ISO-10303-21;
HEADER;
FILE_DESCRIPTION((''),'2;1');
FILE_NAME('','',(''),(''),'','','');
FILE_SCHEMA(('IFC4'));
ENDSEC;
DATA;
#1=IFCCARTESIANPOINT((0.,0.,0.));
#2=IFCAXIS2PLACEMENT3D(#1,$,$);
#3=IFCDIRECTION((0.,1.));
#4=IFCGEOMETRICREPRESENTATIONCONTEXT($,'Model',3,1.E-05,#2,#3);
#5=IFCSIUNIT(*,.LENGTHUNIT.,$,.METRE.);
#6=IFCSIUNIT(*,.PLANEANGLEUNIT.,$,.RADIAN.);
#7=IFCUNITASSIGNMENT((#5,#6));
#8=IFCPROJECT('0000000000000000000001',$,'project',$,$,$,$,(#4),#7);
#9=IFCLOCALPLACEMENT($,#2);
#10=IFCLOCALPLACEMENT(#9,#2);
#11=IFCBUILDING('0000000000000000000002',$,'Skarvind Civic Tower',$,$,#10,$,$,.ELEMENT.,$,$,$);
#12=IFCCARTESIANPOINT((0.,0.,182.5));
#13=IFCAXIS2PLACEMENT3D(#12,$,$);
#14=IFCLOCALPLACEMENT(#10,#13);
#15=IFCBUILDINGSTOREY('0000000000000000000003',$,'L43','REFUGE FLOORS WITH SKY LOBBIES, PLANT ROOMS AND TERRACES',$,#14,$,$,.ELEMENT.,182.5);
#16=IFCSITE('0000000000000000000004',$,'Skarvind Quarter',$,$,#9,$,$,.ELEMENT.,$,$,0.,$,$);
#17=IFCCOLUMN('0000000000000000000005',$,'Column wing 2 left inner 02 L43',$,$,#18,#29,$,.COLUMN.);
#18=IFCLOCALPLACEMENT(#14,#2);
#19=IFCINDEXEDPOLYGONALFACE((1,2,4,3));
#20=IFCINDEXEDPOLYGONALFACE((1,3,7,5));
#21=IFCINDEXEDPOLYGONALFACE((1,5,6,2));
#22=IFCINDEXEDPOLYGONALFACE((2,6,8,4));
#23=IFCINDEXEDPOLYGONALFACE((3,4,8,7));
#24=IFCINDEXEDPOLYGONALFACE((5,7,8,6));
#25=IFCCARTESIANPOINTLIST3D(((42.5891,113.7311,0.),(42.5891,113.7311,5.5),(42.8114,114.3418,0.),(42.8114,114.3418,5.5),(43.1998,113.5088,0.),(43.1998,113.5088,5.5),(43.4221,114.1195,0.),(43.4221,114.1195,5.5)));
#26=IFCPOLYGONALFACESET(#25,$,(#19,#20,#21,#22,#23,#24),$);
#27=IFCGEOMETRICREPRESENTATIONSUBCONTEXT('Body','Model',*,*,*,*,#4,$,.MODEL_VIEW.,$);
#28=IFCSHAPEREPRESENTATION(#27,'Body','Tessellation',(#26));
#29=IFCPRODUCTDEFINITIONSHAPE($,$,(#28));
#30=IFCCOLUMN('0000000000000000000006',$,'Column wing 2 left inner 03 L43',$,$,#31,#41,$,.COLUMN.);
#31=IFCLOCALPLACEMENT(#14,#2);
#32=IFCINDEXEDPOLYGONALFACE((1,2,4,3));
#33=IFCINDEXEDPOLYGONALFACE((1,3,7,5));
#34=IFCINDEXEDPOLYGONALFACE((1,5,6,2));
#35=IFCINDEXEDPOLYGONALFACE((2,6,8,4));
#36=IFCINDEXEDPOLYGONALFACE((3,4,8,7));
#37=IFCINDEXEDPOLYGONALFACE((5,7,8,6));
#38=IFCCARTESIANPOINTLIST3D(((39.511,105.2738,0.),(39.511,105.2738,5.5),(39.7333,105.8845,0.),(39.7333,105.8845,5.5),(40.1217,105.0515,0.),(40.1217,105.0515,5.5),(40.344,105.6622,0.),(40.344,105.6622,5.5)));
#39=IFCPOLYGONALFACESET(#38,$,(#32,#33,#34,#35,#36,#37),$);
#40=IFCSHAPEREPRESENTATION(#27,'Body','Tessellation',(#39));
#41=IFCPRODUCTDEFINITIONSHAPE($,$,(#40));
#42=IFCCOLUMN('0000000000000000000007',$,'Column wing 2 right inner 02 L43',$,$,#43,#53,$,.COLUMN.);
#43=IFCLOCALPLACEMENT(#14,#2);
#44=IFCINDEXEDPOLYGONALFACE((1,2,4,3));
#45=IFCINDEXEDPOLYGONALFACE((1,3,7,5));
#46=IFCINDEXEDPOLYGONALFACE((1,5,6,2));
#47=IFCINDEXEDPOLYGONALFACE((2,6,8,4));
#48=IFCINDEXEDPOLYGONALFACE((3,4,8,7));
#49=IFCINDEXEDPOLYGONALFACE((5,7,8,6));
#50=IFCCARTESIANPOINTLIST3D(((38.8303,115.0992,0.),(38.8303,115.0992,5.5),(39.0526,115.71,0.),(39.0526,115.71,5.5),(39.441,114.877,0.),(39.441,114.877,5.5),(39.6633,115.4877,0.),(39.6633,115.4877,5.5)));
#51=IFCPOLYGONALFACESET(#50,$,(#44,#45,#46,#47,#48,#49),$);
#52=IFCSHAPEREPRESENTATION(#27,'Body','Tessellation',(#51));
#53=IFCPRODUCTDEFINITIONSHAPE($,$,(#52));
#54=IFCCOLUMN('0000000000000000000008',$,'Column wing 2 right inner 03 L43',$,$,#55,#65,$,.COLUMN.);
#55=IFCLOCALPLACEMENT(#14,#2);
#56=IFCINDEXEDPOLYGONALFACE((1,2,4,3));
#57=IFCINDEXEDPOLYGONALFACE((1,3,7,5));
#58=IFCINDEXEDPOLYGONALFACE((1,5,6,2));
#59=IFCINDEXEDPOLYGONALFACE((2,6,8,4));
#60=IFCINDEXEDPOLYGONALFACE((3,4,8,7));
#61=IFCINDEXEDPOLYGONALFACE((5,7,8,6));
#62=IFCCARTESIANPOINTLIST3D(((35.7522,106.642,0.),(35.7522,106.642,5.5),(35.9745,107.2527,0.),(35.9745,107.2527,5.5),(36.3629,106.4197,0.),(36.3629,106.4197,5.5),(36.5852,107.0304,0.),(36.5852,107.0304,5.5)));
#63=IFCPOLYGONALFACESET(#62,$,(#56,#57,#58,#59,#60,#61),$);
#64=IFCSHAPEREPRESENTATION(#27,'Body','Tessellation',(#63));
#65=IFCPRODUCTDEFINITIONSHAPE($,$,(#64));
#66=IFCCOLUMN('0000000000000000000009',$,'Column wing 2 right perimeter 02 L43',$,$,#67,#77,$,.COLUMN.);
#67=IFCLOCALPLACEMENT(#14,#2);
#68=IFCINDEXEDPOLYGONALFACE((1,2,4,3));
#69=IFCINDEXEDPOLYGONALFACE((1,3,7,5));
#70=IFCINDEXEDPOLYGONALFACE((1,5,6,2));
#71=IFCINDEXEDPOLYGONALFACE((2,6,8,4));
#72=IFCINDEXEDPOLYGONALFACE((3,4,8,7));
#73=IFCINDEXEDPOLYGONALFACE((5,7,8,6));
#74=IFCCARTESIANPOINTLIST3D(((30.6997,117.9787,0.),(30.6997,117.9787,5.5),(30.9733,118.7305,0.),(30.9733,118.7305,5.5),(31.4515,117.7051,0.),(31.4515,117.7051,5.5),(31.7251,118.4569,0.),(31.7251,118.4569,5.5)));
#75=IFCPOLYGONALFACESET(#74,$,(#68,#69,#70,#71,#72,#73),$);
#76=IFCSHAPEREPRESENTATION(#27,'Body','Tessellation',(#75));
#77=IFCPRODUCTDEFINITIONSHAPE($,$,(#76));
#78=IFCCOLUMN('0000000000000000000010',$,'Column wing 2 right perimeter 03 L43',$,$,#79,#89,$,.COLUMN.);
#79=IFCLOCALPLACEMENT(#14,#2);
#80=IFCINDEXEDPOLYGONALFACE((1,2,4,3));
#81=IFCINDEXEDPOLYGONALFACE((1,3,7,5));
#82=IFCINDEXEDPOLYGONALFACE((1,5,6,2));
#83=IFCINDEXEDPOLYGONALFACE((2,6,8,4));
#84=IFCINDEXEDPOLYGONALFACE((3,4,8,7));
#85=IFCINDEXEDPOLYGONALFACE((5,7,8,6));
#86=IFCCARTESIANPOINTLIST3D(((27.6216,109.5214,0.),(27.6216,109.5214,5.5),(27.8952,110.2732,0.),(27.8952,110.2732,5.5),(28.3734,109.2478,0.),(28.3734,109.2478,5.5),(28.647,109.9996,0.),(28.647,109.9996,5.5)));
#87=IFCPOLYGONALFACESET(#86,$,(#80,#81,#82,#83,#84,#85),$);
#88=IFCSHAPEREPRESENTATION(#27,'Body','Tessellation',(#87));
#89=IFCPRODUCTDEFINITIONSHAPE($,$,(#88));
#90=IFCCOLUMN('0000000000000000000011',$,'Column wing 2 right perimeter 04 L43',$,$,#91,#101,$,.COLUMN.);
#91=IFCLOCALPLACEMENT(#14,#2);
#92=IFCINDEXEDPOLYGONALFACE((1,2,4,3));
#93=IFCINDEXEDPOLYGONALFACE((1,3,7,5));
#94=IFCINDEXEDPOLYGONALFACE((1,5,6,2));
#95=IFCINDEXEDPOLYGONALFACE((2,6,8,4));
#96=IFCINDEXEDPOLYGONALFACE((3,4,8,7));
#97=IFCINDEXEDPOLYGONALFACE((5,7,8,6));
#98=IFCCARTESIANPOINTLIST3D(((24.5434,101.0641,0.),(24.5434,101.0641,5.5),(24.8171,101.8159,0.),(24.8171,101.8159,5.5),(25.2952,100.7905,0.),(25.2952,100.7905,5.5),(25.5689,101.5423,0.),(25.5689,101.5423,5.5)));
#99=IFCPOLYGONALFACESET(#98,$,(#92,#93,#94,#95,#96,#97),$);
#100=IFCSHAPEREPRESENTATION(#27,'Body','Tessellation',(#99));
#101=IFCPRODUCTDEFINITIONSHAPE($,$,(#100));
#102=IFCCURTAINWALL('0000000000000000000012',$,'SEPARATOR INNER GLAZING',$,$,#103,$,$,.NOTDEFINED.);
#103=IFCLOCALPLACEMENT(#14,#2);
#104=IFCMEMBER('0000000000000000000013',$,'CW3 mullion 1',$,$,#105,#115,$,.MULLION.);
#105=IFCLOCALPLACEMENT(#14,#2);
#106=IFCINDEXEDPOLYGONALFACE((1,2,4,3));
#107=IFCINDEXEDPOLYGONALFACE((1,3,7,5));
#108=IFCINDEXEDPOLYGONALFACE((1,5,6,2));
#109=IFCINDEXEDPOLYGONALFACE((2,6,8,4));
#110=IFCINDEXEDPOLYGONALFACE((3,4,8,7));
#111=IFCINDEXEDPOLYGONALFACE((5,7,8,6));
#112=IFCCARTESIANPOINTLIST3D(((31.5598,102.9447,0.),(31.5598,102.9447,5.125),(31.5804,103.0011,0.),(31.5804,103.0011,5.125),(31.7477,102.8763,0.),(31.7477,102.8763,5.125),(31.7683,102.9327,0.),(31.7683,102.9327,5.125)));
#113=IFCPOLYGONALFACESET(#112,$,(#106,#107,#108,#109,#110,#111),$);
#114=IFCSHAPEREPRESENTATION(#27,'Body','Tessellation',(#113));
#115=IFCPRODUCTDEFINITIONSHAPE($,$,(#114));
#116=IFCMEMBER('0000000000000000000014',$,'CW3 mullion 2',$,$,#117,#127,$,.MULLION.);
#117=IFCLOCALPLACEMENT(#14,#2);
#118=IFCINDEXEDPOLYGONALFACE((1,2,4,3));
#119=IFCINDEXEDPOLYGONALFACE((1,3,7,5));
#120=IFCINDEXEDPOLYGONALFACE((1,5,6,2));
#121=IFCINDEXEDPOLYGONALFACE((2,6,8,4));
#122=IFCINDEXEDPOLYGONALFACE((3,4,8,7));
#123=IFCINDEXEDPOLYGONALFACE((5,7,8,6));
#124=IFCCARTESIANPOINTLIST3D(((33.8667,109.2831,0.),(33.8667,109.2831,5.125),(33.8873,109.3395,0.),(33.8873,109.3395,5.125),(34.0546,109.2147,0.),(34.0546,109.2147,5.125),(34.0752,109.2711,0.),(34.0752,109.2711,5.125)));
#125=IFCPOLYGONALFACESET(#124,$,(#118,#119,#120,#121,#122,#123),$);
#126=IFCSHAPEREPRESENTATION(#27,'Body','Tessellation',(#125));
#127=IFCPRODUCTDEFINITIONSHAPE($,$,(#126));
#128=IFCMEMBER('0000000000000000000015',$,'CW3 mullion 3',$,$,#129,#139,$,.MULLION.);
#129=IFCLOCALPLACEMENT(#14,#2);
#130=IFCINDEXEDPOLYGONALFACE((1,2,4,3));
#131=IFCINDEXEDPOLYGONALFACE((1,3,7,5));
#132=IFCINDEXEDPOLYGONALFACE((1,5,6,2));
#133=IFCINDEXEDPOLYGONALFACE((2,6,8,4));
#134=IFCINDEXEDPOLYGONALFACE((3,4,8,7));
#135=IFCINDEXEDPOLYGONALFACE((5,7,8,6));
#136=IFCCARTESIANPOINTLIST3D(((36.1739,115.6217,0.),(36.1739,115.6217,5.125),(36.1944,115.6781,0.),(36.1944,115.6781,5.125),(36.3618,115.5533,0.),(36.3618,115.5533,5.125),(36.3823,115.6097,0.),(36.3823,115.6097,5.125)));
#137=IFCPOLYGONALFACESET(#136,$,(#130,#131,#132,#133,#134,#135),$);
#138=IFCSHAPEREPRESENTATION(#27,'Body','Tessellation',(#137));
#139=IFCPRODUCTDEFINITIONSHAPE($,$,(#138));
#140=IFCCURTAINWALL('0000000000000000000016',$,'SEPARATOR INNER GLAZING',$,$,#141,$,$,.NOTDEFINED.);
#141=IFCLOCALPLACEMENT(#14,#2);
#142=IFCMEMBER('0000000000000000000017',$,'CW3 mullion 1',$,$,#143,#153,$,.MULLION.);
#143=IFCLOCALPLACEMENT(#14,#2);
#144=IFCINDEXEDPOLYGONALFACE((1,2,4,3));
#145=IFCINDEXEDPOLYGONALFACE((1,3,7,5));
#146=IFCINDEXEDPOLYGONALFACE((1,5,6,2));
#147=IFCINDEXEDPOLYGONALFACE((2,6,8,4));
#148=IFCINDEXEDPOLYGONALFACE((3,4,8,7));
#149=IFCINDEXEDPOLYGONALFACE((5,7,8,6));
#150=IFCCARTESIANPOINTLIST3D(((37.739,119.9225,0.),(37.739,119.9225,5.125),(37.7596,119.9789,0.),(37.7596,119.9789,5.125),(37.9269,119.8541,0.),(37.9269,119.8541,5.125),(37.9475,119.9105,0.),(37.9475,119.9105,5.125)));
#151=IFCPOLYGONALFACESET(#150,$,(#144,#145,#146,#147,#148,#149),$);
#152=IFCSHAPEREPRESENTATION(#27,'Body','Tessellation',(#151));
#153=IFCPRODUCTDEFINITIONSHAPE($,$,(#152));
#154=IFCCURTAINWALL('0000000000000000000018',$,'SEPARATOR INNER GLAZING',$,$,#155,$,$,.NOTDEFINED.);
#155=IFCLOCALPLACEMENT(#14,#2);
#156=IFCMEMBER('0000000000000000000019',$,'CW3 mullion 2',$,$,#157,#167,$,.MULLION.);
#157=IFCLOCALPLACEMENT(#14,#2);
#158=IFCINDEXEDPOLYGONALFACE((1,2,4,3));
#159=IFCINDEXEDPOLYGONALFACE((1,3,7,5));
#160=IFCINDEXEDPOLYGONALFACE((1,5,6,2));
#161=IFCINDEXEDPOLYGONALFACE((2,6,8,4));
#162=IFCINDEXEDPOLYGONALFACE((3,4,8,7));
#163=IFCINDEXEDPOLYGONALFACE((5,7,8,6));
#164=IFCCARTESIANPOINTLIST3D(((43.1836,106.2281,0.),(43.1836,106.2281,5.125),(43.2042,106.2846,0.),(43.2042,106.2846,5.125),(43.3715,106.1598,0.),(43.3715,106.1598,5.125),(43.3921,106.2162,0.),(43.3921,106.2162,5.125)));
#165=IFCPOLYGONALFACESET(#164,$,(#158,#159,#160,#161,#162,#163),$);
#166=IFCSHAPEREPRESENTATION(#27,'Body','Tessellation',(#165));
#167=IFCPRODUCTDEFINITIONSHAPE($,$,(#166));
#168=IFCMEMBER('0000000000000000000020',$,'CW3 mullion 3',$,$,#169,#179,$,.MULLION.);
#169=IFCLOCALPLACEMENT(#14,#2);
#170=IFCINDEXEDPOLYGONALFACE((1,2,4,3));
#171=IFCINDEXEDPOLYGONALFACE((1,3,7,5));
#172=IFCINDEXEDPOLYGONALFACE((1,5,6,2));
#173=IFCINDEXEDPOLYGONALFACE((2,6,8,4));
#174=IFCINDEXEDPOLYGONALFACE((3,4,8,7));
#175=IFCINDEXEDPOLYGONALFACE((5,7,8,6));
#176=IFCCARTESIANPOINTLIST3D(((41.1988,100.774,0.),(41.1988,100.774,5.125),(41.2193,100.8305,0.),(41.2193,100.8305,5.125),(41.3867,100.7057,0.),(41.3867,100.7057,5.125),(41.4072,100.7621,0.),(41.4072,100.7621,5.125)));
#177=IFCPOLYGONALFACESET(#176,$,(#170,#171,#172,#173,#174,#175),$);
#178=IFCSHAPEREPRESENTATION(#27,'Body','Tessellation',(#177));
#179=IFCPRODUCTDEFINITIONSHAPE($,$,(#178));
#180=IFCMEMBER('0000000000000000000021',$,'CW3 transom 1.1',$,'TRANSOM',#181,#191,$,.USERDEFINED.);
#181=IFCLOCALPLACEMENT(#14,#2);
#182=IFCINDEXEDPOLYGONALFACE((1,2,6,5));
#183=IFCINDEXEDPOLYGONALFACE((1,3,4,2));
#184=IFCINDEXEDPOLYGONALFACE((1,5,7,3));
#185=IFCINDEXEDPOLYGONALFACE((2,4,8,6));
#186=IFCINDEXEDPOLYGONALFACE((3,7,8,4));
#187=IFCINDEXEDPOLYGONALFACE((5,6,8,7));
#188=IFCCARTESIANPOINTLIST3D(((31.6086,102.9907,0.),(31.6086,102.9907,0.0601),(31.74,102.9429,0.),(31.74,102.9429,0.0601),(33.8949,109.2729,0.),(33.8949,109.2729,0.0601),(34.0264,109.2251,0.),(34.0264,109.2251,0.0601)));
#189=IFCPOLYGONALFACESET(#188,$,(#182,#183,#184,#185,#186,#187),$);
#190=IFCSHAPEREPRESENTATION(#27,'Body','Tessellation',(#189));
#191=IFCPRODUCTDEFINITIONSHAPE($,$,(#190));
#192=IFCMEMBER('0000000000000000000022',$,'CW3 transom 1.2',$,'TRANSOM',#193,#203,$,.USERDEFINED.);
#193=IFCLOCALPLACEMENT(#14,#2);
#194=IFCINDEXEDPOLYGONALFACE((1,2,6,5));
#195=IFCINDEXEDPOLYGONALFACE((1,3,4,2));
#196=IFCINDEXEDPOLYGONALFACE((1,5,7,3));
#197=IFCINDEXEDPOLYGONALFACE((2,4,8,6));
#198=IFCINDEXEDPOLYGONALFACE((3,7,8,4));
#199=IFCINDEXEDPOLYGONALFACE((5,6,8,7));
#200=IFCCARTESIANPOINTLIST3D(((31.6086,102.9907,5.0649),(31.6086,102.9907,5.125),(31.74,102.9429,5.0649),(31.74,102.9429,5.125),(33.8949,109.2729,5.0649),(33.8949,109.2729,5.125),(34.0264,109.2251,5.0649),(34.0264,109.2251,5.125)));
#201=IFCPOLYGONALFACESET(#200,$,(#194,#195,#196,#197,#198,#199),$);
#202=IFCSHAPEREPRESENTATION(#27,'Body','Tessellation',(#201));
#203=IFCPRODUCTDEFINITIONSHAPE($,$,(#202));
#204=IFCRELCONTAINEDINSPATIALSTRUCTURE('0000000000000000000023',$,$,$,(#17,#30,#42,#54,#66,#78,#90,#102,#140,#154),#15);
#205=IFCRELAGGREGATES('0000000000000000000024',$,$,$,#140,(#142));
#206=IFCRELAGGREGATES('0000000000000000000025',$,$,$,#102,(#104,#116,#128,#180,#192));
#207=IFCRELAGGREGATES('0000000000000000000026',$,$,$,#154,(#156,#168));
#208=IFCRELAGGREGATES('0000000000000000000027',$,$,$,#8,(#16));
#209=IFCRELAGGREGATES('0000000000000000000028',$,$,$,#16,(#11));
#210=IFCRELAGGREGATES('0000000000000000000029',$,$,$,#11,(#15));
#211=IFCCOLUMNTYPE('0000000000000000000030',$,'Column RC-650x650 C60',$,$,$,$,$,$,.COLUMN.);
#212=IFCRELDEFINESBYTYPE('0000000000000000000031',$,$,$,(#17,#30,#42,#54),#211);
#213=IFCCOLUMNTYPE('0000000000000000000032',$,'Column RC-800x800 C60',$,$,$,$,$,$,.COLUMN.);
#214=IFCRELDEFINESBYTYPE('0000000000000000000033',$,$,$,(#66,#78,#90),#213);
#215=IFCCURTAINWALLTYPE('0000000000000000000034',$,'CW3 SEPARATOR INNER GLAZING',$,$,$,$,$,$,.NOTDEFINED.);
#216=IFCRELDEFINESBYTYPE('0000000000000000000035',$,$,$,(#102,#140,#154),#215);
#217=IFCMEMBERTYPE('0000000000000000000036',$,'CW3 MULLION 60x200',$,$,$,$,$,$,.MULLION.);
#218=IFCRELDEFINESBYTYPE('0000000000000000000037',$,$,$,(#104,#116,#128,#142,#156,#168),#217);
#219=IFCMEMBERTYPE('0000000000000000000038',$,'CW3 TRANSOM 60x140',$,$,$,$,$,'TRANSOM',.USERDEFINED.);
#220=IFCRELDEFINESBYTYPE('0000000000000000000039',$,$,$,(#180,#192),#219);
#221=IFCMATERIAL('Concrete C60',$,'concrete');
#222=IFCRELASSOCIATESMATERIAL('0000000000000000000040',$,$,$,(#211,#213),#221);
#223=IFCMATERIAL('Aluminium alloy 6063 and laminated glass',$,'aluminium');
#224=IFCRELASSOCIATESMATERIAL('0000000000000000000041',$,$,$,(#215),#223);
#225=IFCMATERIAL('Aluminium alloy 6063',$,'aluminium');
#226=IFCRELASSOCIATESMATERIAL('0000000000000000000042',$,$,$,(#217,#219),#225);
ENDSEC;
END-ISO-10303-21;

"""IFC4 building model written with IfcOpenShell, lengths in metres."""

from ifc_helpers import new_model, si_unit, direction, frame, origin, origin_2d, place, context, subcontext, project, spatial, rectangle, extrude, material, material_profile, profile_set, type_object, element, aggregate, save


model = new_model("IFC4")

# Units and contexts
model_context = context("Model", 3, precision=1e-05, world=origin(), true_north=direction((0.0, 1.0)))
body_context = subcontext(model_context, "Body", "Model", "MODEL_VIEW")
ifc_project = project(units=[si_unit("LENGTHUNIT", "METRE"), si_unit("PLANEANGLEUNIT", "RADIAN")], contexts=[model_context])

# Site, building, storey
site_placement = place(None, origin())
site = spatial("IfcSite", under=ifc_project, at=site_placement, Name="Skarvind Quarter", CompositionType="ELEMENT", RefElevation=0.0)
building_placement = place(site_placement, origin())
building = spatial("IfcBuilding", under=site, at=building_placement, Name="Skarvind Civic Tower", CompositionType="ELEMENT")
storey_placement = place(building_placement, frame((0.0, 0.0, 182.5)))
storey = spatial("IfcBuildingStorey", under=building, at=storey_placement, Name="L43", Description="REFUGE FLOORS WITH SKY LOBBIES, PLANT ROOMS AND TERRACES", CompositionType="ELEMENT", Elevation=182.5)

# Columns
ifc_material_1 = material(Name="Concrete C60", Category="concrete")
ifc_material_profile_1 = material_profile(ifc_material_1, rectangle(XDim=0.6499, YDim=0.6499, at=origin_2d()), Name="RC-650x650")
ifc_profile_set_1 = profile_set([ifc_material_profile_1], Name="Concrete C60")
column_type_1 = type_object("IfcColumnType", Name="Column RC-650x650 C60", PredefinedType="COLUMN", material=ifc_profile_set_1)
for number, where, z_axis, x_axis, name in (
    (1, (43.0056, 113.9253, 0.0), (0.0, 0.0, 1.0), (-0.34202, -0.939693, 0.0), "Column wing 2 left inner 02 L43"),
    (2, (39.9275, 105.468, 0.0), (0.0, 0.0, 1.0), (-0.34202, -0.939693, 0.0), "Column wing 2 left inner 03 L43"),
    (3, (39.2468, 115.2935, 0.0), (0.0, 0.0, 1.0), (-0.34202, -0.939693, 0.0), "Column wing 2 right inner 02 L43"),
    (4, (36.1687, 106.8362, 0.0), (0.0, 0.0, 1.0), (-0.34202, -0.939693, 0.0), "Column wing 2 right inner 03 L43"),
):
    element("IfcColumn", number, at=place(storey_placement, frame(where, z_axis=z_axis, x_axis=x_axis)), inside=storey, type_object=column_type_1, Name=name, PredefinedType="COLUMN", context=body_context, shape_type="SweptSolid", body=[
        extrude(rectangle(XDim=0.6499, YDim=0.6499, at=origin_2d()), origin(), (0.0, 0.0, 1.0), 5.5),
    ])
ifc_material_profile_2 = material_profile(ifc_material_1, rectangle(XDim=0.8, YDim=0.8, at=origin_2d()), Name="RC-800x800")
ifc_profile_set_2 = profile_set([ifc_material_profile_2], Name="Concrete C60")
column_type_2 = type_object("IfcColumnType", Name="Column RC-800x800 C60", PredefinedType="COLUMN", material=ifc_profile_set_2)
for number, where, z_axis, x_axis, name in (
    (5, (31.2124, 118.2178, 0.0), (0.0, 0.0, 1.0), (-0.34202, -0.939693, 0.0), "Column wing 2 right perimeter 02 L43"),
    (6, (28.1343, 109.7605, 0.0), (0.0, 0.0, 1.0), (-0.34202, -0.939693, 0.0), "Column wing 2 right perimeter 03 L43"),
    (7, (25.0562, 101.3032, 0.0), (0.0, 0.0, 1.0), (-0.34202, -0.939693, 0.0), "Column wing 2 right perimeter 04 L43"),
):
    element("IfcColumn", number, at=place(storey_placement, frame(where, z_axis=z_axis, x_axis=x_axis)), inside=storey, type_object=column_type_2, Name=name, PredefinedType="COLUMN", context=body_context, shape_type="SweptSolid", body=[
        extrude(rectangle(XDim=0.8, YDim=0.8, at=origin_2d()), origin(), (0.0, 0.0, 1.0), 5.5),
    ])

# Curtain wall, members
ifc_material_2 = material(Name="Aluminium alloy 6063 and laminated glass", Category="aluminium")
curtain_wall_type = type_object("IfcCurtainWallType", Name="CW3 SEPARATOR INNER GLAZING", PredefinedType="NOTDEFINED", material=ifc_material_2)
curtain_wall_1_placement = place(storey_placement, origin())
curtain_wall_1 = element("IfcCurtainWall", 8, at=curtain_wall_1_placement, inside=storey, type_object=curtain_wall_type, Name="SEPARATOR INNER GLAZING", PredefinedType="NOTDEFINED")
ifc_material_3 = material(Name="Aluminium alloy 6063", Category="aluminium")
ifc_material_profile_3 = material_profile(ifc_material_3, rectangle(XDim=0.2, YDim=0.0601, at=origin_2d()), Name="AL 60x200")
ifc_profile_set_3 = profile_set([ifc_material_profile_3], Name="Aluminium alloy 6063")
member_type_1 = type_object("IfcMemberType", Name="CW3 MULLION 60x200", PredefinedType="MULLION", material=ifc_profile_set_3)
member_1_placement = place(storey_placement, frame((31.6641, 102.9387, 0.0), z_axis=(0.0, 0.0, 1.0), x_axis=(-0.939692, 0.342022, 0.0)))
member_1 = element("IfcMember", 9, at=member_1_placement, type_object=member_type_1, Name="CW3 mullion 1", PredefinedType="MULLION", context=body_context, shape_type="SweptSolid", body=[
    extrude(rectangle(XDim=0.2, YDim=0.0601, at=origin_2d()), origin(), (0.0, 0.0, 1.0), 5.125),
])
member_2_placement = place(storey_placement, frame((33.9709, 109.2771, 0.0), z_axis=(0.0, 0.0, 1.0), x_axis=(-0.939692, 0.342022, 0.0)))
member_2 = element("IfcMember", 10, at=member_2_placement, type_object=member_type_1, Name="CW3 mullion 2", PredefinedType="MULLION", context=body_context, shape_type="SweptSolid", body=[
    extrude(rectangle(XDim=0.2, YDim=0.0601, at=origin_2d()), origin(), (0.0, 0.0, 1.0), 5.125),
])
member_3_placement = place(storey_placement, frame((36.2781, 115.6157, 0.0), z_axis=(0.0, 0.0, 1.0), x_axis=(-0.939692, 0.342022, 0.0)))
member_3 = element("IfcMember", 11, at=member_3_placement, type_object=member_type_1, Name="CW3 mullion 3", PredefinedType="MULLION", context=body_context, shape_type="SweptSolid", body=[
    extrude(rectangle(XDim=0.2, YDim=0.0601, at=origin_2d()), origin(), (0.0, 0.0, 1.0), 5.125),
])

# Curtain wall, member
curtain_wall_2_placement = place(storey_placement, origin())
curtain_wall_2 = element("IfcCurtainWall", 12, at=curtain_wall_2_placement, inside=storey, type_object=curtain_wall_type, Name="SEPARATOR INNER GLAZING", PredefinedType="NOTDEFINED")
member_4_placement = place(storey_placement, frame((37.8433, 119.9165, 0.0), z_axis=(0.0, 0.0, 1.0), x_axis=(-0.939693, 0.342019, 0.0)))
member_4 = element("IfcMember", 13, at=member_4_placement, type_object=member_type_1, Name="CW3 mullion 1", PredefinedType="MULLION", context=body_context, shape_type="SweptSolid", body=[
    extrude(rectangle(XDim=0.2, YDim=0.0601, at=origin_2d()), origin(), (0.0, 0.0, 1.0), 5.125),
])

# Curtain wall, members
curtain_wall_3_placement = place(storey_placement, origin())
curtain_wall_3 = element("IfcCurtainWall", 14, at=curtain_wall_3_placement, inside=storey, type_object=curtain_wall_type, Name="SEPARATOR INNER GLAZING", PredefinedType="NOTDEFINED")
member_5_placement = place(storey_placement, frame((43.2878, 106.2222, 0.0), z_axis=(0.0, 0.0, 1.0), x_axis=(0.939693, -0.342018, 0.0)))
member_5 = element("IfcMember", 15, at=member_5_placement, type_object=member_type_1, Name="CW3 mullion 2", PredefinedType="MULLION", context=body_context, shape_type="SweptSolid", body=[
    extrude(rectangle(XDim=0.2, YDim=0.0601, at=origin_2d()), origin(), (0.0, 0.0, 1.0), 5.125),
])
member_6_placement = place(storey_placement, frame((41.303, 100.7681, 0.0), z_axis=(0.0, 0.0, 1.0), x_axis=(0.939693, -0.342018, 0.0)))
member_6 = element("IfcMember", 16, at=member_6_placement, type_object=member_type_1, Name="CW3 mullion 3", PredefinedType="MULLION", context=body_context, shape_type="SweptSolid", body=[
    extrude(rectangle(XDim=0.2, YDim=0.0601, at=origin_2d()), origin(), (0.0, 0.0, 1.0), 5.125),
])

# Members
ifc_material_profile_4 = material_profile(ifc_material_3, rectangle(XDim=0.1399, YDim=0.0601, at=origin_2d()), Name="AL 60x140")
ifc_profile_set_4 = profile_set([ifc_material_profile_4], Name="Aluminium alloy 6063")
member_type_2 = type_object("IfcMemberType", Name="CW3 TRANSOM 60x140", ElementType="TRANSOM", PredefinedType="USERDEFINED", material=ifc_profile_set_4)
member_7_placement = place(storey_placement, frame((31.6743, 102.9668, 0.03), z_axis=(0.341998, 0.939701, 0.0), x_axis=(-0.939701, 0.341998, 0.0)))
member_7 = element("IfcMember", 17, at=member_7_placement, type_object=member_type_2, Name="CW3 transom 1.1", ObjectType="TRANSOM", PredefinedType="USERDEFINED", context=body_context, shape_type="SweptSolid", body=[
    extrude(rectangle(XDim=0.1399, YDim=0.0601, at=origin_2d()), origin(), (0.0, 0.0, 1.0), 6.6853),
])
member_8_placement = place(storey_placement, frame((31.6743, 102.9668, 5.095), z_axis=(0.341998, 0.939701, 0.0), x_axis=(-0.939701, 0.341998, 0.0)))
member_8 = element("IfcMember", 18, at=member_8_placement, type_object=member_type_2, Name="CW3 transom 1.2", ObjectType="TRANSOM", PredefinedType="USERDEFINED", context=body_context, shape_type="SweptSolid", body=[
    extrude(rectangle(XDim=0.1399, YDim=0.0601, at=origin_2d()), origin(), (0.0, 0.0, 1.0), 6.6853),
])
aggregate(curtain_wall_2, [member_4])

aggregate(curtain_wall_1, [member_1, member_2, member_3, member_7, member_8])
aggregate(curtain_wall_3, [member_5, member_6])

save(model, "model.ifc")
